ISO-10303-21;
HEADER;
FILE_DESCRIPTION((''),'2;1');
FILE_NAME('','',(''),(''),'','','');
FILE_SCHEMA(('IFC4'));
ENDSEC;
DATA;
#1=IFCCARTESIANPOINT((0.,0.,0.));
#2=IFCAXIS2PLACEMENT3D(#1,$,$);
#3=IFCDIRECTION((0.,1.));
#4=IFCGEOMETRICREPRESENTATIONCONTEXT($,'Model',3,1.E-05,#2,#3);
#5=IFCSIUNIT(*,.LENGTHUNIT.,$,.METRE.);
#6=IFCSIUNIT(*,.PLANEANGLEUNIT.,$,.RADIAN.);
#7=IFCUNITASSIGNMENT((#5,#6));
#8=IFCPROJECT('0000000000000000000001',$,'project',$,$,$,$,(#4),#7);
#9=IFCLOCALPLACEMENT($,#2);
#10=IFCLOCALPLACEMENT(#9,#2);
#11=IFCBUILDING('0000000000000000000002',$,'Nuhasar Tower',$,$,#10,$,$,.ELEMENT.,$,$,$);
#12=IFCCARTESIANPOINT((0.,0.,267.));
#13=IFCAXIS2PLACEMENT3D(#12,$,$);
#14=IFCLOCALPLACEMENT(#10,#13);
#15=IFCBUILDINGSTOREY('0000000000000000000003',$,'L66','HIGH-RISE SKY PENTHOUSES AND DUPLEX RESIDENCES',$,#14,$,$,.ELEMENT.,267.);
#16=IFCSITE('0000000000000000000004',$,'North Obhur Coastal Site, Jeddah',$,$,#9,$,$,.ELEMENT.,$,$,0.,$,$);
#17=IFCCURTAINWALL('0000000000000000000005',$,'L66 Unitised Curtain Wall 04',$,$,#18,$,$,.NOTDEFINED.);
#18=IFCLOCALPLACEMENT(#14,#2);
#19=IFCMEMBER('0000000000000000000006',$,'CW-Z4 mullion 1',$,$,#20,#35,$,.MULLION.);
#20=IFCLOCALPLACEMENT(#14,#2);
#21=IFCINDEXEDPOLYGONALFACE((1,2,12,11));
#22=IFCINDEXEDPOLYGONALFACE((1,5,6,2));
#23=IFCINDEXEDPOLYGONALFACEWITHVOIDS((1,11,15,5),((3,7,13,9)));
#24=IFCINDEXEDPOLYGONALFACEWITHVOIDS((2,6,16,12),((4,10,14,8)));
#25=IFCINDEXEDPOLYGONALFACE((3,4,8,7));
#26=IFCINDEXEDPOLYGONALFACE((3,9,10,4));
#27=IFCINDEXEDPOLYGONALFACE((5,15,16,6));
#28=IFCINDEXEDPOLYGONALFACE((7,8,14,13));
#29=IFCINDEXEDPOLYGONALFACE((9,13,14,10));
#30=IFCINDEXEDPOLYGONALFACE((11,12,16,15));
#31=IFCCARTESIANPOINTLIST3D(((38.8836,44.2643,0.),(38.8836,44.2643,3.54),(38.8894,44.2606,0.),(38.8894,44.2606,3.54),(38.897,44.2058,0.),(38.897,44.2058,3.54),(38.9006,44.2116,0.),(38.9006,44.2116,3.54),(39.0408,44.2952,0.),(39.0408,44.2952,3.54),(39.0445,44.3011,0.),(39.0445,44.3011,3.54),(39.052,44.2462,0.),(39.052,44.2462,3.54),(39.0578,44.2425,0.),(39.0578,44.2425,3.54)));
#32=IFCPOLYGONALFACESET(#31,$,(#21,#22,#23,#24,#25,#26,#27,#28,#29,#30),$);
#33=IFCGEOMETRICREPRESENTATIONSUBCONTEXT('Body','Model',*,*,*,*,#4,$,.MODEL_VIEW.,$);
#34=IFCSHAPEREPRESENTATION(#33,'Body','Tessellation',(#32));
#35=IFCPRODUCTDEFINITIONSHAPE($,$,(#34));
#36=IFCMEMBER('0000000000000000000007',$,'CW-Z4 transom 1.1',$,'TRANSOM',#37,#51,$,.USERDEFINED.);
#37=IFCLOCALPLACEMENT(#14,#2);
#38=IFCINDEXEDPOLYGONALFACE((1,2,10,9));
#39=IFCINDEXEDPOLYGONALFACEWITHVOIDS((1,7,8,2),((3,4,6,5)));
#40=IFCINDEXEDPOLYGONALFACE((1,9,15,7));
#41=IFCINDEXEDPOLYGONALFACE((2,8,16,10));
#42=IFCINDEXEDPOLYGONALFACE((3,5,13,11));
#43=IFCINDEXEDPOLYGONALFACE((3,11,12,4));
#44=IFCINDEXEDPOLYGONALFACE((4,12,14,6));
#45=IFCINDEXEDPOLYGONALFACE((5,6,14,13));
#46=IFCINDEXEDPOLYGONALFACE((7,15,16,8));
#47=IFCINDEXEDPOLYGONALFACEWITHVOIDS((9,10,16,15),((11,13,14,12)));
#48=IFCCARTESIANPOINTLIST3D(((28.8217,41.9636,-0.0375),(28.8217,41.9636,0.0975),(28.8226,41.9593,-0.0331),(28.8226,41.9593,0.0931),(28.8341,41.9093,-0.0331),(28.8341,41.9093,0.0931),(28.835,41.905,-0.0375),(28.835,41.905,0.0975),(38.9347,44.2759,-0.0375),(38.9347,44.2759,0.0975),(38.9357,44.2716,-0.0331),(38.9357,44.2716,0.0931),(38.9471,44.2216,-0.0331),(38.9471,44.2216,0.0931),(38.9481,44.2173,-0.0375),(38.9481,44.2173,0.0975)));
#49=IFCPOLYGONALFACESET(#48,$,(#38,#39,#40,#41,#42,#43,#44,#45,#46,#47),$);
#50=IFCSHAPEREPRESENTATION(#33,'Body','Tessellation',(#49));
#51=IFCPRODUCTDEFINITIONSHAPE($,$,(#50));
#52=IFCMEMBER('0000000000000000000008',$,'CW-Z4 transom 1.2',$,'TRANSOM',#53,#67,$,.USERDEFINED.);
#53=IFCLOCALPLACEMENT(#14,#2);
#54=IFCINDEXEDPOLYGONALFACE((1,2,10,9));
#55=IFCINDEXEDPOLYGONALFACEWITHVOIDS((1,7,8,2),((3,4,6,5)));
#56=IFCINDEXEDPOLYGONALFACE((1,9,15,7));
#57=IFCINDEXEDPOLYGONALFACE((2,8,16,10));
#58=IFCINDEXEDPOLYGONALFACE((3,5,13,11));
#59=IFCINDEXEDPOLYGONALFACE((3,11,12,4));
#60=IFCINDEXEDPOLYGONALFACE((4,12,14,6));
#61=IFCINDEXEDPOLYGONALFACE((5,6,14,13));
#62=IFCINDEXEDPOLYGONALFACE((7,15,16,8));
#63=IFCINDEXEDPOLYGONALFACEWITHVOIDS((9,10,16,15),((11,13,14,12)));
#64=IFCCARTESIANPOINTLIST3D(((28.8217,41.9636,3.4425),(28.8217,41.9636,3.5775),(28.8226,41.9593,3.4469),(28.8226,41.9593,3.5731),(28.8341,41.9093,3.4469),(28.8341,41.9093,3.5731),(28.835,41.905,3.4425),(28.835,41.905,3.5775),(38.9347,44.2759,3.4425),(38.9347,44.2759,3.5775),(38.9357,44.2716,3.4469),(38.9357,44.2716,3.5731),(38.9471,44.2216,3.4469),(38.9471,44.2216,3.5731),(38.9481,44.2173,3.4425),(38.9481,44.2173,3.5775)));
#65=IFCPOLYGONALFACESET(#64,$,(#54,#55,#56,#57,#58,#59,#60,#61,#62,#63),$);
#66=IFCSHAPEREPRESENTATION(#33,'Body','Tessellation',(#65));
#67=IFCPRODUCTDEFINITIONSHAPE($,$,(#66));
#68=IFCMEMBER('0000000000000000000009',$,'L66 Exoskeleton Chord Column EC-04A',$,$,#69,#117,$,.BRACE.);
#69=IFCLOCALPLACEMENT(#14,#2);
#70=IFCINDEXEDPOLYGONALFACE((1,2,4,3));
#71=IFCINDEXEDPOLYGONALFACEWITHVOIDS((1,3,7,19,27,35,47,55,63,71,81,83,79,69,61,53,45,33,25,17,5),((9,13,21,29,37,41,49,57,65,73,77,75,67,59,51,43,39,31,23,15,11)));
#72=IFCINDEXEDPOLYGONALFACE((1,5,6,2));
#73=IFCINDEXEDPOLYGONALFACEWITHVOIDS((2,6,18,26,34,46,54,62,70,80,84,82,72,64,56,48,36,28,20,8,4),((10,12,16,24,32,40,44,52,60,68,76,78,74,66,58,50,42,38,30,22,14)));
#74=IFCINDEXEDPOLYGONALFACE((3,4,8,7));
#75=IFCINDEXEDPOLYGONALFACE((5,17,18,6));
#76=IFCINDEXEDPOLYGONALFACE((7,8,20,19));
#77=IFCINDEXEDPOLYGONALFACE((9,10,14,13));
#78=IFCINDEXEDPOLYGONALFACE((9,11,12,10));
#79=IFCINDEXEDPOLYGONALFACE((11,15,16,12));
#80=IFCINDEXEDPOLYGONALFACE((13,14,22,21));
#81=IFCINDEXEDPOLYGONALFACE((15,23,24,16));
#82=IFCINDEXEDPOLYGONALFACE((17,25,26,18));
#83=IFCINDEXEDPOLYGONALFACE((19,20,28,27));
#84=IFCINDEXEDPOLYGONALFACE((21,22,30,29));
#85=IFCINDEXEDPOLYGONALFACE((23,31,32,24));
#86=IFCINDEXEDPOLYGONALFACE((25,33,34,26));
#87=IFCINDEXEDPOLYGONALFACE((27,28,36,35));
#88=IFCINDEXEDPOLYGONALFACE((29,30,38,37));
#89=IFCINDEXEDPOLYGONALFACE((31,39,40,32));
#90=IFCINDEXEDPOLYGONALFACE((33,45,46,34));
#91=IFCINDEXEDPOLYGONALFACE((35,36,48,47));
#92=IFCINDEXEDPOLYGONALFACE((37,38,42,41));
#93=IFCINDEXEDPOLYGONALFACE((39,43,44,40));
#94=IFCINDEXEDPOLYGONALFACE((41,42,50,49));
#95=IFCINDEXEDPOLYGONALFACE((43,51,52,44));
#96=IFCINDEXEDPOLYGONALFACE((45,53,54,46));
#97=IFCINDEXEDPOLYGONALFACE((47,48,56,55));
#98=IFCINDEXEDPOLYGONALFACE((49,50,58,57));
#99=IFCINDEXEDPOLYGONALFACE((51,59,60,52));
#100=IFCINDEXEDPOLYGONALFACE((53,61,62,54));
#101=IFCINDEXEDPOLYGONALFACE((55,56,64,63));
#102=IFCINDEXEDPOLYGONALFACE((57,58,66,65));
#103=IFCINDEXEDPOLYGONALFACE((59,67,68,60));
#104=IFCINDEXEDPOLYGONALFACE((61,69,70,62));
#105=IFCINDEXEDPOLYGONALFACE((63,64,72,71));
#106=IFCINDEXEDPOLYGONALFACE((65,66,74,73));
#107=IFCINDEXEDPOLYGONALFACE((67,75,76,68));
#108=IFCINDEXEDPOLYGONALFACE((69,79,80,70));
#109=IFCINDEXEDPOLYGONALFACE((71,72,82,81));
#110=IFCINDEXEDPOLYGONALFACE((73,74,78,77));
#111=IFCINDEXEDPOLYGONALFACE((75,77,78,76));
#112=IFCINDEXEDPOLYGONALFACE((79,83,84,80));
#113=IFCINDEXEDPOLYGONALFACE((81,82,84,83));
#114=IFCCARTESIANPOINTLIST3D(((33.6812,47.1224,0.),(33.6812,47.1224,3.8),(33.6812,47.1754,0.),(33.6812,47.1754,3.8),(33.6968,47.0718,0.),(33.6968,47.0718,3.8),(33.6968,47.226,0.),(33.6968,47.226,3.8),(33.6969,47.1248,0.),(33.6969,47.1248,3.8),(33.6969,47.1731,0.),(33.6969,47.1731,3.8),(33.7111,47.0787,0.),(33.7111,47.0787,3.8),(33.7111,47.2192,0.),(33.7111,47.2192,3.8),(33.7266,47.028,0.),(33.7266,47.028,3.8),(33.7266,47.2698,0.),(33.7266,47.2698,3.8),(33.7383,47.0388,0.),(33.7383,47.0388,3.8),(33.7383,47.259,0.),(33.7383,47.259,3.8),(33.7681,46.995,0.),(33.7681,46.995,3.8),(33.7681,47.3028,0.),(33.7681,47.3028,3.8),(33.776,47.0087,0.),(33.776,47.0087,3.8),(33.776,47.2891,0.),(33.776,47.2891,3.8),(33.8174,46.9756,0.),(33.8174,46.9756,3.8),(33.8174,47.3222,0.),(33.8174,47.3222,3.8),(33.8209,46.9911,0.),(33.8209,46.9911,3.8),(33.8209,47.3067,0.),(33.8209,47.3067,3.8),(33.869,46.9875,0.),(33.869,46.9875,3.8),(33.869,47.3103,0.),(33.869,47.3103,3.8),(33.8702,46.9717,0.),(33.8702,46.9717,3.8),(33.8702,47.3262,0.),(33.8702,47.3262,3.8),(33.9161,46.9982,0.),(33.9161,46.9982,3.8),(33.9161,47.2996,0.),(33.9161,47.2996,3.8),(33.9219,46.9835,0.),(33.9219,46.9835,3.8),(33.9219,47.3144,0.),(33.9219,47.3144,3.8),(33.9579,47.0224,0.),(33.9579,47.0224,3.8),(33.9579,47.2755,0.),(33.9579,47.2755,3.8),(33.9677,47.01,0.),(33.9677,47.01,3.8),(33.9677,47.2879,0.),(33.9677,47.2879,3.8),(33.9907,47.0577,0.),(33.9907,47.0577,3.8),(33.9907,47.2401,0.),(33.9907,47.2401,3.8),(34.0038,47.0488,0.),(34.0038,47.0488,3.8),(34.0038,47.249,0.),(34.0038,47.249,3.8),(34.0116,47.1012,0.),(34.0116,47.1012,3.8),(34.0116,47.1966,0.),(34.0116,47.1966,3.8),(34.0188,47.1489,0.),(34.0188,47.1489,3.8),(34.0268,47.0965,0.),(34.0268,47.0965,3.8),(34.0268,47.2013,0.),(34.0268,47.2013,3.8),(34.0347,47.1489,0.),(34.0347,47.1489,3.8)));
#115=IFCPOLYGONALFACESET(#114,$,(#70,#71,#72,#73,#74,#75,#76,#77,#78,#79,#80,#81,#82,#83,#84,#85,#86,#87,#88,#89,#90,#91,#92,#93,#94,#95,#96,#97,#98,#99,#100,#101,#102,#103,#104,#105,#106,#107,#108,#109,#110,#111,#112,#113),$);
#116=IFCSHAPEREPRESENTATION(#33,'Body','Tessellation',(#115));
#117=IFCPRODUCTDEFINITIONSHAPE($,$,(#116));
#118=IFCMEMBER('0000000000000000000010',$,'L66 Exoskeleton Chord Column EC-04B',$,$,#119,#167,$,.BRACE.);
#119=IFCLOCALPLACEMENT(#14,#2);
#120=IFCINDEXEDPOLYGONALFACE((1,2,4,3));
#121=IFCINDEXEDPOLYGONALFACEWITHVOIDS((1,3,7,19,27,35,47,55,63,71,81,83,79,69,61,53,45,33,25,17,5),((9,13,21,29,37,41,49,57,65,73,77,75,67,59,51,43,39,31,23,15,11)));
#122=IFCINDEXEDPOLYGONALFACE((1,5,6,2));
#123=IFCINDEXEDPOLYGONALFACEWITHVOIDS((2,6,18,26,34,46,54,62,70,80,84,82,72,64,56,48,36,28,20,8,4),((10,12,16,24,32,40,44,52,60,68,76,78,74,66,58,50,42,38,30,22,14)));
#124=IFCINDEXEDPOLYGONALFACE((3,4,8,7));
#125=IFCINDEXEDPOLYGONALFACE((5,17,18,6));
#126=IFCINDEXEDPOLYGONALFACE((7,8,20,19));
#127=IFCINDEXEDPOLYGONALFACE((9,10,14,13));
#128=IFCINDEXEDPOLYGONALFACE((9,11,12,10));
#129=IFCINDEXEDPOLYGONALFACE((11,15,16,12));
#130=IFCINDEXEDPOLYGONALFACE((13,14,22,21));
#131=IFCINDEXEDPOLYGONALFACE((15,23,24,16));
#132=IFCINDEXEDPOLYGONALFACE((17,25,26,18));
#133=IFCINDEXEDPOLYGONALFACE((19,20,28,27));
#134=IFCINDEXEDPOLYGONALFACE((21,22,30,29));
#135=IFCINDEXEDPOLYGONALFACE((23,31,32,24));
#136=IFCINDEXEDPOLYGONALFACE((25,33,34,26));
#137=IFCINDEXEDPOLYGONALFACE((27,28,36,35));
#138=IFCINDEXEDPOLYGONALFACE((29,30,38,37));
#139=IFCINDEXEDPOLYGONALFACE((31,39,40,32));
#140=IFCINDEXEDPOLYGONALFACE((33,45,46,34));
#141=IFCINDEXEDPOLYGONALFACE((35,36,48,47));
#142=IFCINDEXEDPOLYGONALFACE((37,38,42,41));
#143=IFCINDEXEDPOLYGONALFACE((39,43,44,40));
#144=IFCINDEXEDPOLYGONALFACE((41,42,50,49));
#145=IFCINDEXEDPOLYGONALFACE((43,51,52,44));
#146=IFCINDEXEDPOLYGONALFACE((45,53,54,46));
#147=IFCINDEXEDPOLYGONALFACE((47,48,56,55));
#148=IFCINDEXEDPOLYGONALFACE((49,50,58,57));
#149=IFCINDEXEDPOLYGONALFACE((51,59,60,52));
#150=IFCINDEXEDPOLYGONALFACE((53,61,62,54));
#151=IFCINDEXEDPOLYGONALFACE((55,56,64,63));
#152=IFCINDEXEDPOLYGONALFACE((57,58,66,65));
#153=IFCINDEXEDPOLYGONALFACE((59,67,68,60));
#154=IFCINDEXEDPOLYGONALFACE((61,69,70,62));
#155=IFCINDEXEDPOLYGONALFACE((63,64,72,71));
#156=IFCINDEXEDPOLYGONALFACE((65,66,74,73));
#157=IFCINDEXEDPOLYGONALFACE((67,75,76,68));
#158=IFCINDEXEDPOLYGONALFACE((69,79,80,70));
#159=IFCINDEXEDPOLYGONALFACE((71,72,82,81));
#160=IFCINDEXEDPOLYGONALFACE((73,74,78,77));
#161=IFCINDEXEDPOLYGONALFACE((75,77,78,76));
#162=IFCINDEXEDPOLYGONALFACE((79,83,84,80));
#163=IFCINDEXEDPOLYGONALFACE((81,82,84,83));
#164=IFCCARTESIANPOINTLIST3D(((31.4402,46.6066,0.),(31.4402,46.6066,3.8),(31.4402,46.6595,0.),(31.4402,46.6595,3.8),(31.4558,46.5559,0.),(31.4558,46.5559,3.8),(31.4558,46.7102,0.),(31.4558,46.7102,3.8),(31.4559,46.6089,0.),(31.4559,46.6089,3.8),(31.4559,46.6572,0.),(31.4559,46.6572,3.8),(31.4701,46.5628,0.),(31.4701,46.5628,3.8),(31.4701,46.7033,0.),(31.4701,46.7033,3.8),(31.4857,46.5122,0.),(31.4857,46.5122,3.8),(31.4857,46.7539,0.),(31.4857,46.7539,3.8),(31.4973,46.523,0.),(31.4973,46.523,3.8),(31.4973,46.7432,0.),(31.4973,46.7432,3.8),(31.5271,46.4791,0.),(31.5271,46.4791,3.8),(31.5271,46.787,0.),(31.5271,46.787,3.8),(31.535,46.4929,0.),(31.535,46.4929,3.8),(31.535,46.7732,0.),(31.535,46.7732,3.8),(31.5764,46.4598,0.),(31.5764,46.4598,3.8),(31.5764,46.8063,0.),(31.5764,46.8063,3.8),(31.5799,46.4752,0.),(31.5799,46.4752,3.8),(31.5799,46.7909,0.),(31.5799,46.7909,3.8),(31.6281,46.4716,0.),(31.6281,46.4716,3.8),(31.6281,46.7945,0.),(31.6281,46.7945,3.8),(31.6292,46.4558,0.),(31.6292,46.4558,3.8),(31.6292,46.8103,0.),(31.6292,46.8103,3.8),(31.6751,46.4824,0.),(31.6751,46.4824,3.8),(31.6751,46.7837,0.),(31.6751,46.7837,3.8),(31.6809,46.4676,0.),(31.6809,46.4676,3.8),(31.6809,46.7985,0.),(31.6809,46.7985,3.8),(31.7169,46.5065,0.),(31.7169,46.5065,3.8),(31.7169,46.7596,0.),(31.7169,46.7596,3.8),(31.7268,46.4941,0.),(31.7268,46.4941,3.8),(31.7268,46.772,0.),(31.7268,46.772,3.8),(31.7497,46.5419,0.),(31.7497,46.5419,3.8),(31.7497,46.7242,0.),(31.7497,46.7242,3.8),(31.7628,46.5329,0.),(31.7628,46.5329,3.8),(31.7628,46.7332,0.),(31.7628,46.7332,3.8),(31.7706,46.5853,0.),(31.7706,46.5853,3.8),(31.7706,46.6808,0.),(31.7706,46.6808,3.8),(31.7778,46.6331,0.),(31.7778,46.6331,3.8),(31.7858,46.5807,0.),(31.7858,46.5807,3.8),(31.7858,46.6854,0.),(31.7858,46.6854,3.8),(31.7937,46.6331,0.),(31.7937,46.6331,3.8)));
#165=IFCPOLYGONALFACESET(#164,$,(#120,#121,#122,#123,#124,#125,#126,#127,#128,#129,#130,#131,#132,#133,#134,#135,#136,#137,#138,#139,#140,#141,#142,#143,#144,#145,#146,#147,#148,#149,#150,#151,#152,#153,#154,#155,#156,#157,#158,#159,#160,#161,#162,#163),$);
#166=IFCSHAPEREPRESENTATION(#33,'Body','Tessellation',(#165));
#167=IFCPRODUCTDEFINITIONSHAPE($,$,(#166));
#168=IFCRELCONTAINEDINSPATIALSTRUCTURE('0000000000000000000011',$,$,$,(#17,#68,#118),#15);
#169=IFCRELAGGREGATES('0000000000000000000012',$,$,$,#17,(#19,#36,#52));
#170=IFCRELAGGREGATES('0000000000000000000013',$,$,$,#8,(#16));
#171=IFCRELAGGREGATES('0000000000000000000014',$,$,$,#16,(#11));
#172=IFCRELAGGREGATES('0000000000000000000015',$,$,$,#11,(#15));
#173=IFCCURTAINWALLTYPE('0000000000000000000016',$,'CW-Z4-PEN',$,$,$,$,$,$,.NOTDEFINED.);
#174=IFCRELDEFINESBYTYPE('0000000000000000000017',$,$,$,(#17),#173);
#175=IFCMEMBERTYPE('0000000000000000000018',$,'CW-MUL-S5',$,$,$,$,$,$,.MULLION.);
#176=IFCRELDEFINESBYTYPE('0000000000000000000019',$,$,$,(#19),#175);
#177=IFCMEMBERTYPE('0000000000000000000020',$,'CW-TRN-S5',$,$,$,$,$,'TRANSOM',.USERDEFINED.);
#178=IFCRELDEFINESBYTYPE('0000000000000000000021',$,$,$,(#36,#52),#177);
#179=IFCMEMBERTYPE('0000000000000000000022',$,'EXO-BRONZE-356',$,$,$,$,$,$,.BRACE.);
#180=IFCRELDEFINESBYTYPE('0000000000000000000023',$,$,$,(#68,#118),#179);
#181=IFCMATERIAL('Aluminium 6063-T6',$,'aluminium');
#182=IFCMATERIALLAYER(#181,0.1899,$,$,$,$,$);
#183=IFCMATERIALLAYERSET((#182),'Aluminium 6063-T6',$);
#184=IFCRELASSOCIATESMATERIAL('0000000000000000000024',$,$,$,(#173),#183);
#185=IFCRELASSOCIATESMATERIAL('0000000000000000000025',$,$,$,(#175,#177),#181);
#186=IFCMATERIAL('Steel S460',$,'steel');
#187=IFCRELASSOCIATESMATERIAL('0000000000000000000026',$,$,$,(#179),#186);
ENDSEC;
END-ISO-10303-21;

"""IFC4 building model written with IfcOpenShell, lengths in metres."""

from ifc_helpers import new_model, si_unit, direction, frame, origin, origin_2d, place, context, subcontext, project, spatial, hollow_rectangle, hollow_circle, extrude, material, layer, layer_set, material_profile, profile_set, type_object, element, aggregate, save


model = new_model("IFC4")

# Units and contexts
model_context = context("Model", 3, precision=1e-05, world=origin(), true_north=direction((0.0, 1.0)))
body_context = subcontext(model_context, "Body", "Model", "MODEL_VIEW")
ifc_project = project(units=[si_unit("LENGTHUNIT", "METRE"), si_unit("PLANEANGLEUNIT", "RADIAN")], contexts=[model_context])

# Site, building, storey
site_placement = place(None, origin())
site = spatial("IfcSite", under=ifc_project, at=site_placement, Name="North Obhur Coastal Site, Jeddah", CompositionType="ELEMENT", RefElevation=0.0)
building_placement = place(site_placement, origin())
building = spatial("IfcBuilding", under=site, at=building_placement, Name="Nuhasar Tower", CompositionType="ELEMENT")
storey_placement = place(building_placement, frame((0.0, 0.0, 267.0)))
storey = spatial("IfcBuildingStorey", under=building, at=storey_placement, Name="L66", Description="HIGH-RISE SKY PENTHOUSES AND DUPLEX RESIDENCES", CompositionType="ELEMENT", Elevation=267.0)

# Curtain wall, members
ifc_material_1 = material(Name="Aluminium 6063-T6", Category="aluminium")
ifc_layer_1 = layer(ifc_material_1, 0.1899)
ifc_layer_set_1 = layer_set([ifc_layer_1], Name="Aluminium 6063-T6")
curtain_wall_type = type_object("IfcCurtainWallType", Name="CW-Z4-PEN", PredefinedType="NOTDEFINED", material=ifc_layer_set_1)
curtain_wall_placement = place(storey_placement, origin())
curtain_wall = element("IfcCurtainWall", 1, at=curtain_wall_placement, inside=storey, type_object=curtain_wall_type, Name="L66 Unitised Curtain Wall 04", PredefinedType="NOTDEFINED")
ifc_material_profile_1 = material_profile(ifc_material_1, hollow_rectangle(XDim=0.0601, YDim=0.165, WallThickness=0.0049, at=origin_2d()), Name="CWM-5")
ifc_profile_set_1 = profile_set([ifc_material_profile_1], Name="Aluminium 6063-T6")
member_type_1 = type_object("IfcMemberType", Name="CW-MUL-S5", PredefinedType="MULLION", material=ifc_profile_set_1)
member_1_placement = place(storey_placement, frame((38.9707, 44.2534, 0.0), z_axis=(0.0, 0.0, 1.0), x_axis=(0.222889, -0.974844, 0.0)))
member_1 = element("IfcMember", 2, at=member_1_placement, type_object=member_type_1, Name="CW-Z4 mullion 1", PredefinedType="MULLION", context=body_context, shape_type="SweptSolid", body=[
    extrude(hollow_rectangle(XDim=0.0601, YDim=0.165, WallThickness=0.0049, at=origin_2d()), origin(), (0.0, 0.0, 1.0), 3.54),
])
ifc_material_profile_2 = material_profile(ifc_material_1, hollow_rectangle(XDim=0.0601, YDim=0.135, WallThickness=0.0044, at=origin_2d()), Name="CWT-5")
ifc_profile_set_2 = profile_set([ifc_material_profile_2], Name="Aluminium 6063-T6")
member_type_2 = type_object("IfcMemberType", Name="CW-TRN-S5", ElementType="TRANSOM", PredefinedType="USERDEFINED", material=ifc_profile_set_2)
member_2_placement = place(storey_placement, frame((38.9414, 44.2466, 0.03), z_axis=(-0.974844, -0.222889, 0.0), x_axis=(0.222889, -0.974844, 0.0)))
member_2 = element("IfcMember", 3, at=member_2_placement, type_object=member_type_2, Name="CW-Z4 transom 1.1", ObjectType="TRANSOM", PredefinedType="USERDEFINED", context=body_context, shape_type="SweptSolid", body=[
    extrude(hollow_rectangle(XDim=0.0601, YDim=0.135, WallThickness=0.0044, at=origin_2d()), origin(), (0.0, 0.0, 1.0), 10.374),
])
member_3_placement = place(storey_placement, frame((38.9414, 44.2466, 3.51), z_axis=(-0.974844, -0.222889, 0.0), x_axis=(0.222889, -0.974844, 0.0)))
member_3 = element("IfcMember", 4, at=member_3_placement, type_object=member_type_2, Name="CW-Z4 transom 1.2", ObjectType="TRANSOM", PredefinedType="USERDEFINED", context=body_context, shape_type="SweptSolid", body=[
    extrude(hollow_rectangle(XDim=0.0601, YDim=0.135, WallThickness=0.0044, at=origin_2d()), origin(), (0.0, 0.0, 1.0), 10.374),
])

# Members
ifc_material_2 = material(Name="Steel S460", Category="steel")
ifc_material_profile_3 = material_profile(ifc_material_2, hollow_circle(Radius=0.1777, WallThickness=0.0159, at=origin_2d()), Name="HSS355.6X15.9")
ifc_profile_set_3 = profile_set([ifc_material_profile_3], Name="Steel S460")
member_type_3 = type_object("IfcMemberType", Name="EXO-BRONZE-356", PredefinedType="BRACE", material=ifc_profile_set_3)
for number, where, z_axis, x_axis, name in (
    (5, (33.8569, 47.1489, 0.0), (0.0, 0.0, 1.0), (1.0, 0.0, 0.0), "L66 Exoskeleton Chord Column EC-04A"),
    (6, (31.616, 46.6331, 0.0), (0.0, 0.0, 1.0), (1.0, 0.0, 0.0), "L66 Exoskeleton Chord Column EC-04B"),
):
    element("IfcMember", number, at=place(storey_placement, frame(where, z_axis=z_axis, x_axis=x_axis)), inside=storey, type_object=member_type_3, Name=name, PredefinedType="BRACE", context=body_context, shape_type="SweptSolid", body=[
        extrude(hollow_circle(Radius=0.1777, WallThickness=0.0159, at=origin_2d()), origin(), (0.0, 0.0, 1.0), 3.8),
    ])

aggregate(curtain_wall, [member_1, member_2, member_3])

save(model, "model.ifc")
